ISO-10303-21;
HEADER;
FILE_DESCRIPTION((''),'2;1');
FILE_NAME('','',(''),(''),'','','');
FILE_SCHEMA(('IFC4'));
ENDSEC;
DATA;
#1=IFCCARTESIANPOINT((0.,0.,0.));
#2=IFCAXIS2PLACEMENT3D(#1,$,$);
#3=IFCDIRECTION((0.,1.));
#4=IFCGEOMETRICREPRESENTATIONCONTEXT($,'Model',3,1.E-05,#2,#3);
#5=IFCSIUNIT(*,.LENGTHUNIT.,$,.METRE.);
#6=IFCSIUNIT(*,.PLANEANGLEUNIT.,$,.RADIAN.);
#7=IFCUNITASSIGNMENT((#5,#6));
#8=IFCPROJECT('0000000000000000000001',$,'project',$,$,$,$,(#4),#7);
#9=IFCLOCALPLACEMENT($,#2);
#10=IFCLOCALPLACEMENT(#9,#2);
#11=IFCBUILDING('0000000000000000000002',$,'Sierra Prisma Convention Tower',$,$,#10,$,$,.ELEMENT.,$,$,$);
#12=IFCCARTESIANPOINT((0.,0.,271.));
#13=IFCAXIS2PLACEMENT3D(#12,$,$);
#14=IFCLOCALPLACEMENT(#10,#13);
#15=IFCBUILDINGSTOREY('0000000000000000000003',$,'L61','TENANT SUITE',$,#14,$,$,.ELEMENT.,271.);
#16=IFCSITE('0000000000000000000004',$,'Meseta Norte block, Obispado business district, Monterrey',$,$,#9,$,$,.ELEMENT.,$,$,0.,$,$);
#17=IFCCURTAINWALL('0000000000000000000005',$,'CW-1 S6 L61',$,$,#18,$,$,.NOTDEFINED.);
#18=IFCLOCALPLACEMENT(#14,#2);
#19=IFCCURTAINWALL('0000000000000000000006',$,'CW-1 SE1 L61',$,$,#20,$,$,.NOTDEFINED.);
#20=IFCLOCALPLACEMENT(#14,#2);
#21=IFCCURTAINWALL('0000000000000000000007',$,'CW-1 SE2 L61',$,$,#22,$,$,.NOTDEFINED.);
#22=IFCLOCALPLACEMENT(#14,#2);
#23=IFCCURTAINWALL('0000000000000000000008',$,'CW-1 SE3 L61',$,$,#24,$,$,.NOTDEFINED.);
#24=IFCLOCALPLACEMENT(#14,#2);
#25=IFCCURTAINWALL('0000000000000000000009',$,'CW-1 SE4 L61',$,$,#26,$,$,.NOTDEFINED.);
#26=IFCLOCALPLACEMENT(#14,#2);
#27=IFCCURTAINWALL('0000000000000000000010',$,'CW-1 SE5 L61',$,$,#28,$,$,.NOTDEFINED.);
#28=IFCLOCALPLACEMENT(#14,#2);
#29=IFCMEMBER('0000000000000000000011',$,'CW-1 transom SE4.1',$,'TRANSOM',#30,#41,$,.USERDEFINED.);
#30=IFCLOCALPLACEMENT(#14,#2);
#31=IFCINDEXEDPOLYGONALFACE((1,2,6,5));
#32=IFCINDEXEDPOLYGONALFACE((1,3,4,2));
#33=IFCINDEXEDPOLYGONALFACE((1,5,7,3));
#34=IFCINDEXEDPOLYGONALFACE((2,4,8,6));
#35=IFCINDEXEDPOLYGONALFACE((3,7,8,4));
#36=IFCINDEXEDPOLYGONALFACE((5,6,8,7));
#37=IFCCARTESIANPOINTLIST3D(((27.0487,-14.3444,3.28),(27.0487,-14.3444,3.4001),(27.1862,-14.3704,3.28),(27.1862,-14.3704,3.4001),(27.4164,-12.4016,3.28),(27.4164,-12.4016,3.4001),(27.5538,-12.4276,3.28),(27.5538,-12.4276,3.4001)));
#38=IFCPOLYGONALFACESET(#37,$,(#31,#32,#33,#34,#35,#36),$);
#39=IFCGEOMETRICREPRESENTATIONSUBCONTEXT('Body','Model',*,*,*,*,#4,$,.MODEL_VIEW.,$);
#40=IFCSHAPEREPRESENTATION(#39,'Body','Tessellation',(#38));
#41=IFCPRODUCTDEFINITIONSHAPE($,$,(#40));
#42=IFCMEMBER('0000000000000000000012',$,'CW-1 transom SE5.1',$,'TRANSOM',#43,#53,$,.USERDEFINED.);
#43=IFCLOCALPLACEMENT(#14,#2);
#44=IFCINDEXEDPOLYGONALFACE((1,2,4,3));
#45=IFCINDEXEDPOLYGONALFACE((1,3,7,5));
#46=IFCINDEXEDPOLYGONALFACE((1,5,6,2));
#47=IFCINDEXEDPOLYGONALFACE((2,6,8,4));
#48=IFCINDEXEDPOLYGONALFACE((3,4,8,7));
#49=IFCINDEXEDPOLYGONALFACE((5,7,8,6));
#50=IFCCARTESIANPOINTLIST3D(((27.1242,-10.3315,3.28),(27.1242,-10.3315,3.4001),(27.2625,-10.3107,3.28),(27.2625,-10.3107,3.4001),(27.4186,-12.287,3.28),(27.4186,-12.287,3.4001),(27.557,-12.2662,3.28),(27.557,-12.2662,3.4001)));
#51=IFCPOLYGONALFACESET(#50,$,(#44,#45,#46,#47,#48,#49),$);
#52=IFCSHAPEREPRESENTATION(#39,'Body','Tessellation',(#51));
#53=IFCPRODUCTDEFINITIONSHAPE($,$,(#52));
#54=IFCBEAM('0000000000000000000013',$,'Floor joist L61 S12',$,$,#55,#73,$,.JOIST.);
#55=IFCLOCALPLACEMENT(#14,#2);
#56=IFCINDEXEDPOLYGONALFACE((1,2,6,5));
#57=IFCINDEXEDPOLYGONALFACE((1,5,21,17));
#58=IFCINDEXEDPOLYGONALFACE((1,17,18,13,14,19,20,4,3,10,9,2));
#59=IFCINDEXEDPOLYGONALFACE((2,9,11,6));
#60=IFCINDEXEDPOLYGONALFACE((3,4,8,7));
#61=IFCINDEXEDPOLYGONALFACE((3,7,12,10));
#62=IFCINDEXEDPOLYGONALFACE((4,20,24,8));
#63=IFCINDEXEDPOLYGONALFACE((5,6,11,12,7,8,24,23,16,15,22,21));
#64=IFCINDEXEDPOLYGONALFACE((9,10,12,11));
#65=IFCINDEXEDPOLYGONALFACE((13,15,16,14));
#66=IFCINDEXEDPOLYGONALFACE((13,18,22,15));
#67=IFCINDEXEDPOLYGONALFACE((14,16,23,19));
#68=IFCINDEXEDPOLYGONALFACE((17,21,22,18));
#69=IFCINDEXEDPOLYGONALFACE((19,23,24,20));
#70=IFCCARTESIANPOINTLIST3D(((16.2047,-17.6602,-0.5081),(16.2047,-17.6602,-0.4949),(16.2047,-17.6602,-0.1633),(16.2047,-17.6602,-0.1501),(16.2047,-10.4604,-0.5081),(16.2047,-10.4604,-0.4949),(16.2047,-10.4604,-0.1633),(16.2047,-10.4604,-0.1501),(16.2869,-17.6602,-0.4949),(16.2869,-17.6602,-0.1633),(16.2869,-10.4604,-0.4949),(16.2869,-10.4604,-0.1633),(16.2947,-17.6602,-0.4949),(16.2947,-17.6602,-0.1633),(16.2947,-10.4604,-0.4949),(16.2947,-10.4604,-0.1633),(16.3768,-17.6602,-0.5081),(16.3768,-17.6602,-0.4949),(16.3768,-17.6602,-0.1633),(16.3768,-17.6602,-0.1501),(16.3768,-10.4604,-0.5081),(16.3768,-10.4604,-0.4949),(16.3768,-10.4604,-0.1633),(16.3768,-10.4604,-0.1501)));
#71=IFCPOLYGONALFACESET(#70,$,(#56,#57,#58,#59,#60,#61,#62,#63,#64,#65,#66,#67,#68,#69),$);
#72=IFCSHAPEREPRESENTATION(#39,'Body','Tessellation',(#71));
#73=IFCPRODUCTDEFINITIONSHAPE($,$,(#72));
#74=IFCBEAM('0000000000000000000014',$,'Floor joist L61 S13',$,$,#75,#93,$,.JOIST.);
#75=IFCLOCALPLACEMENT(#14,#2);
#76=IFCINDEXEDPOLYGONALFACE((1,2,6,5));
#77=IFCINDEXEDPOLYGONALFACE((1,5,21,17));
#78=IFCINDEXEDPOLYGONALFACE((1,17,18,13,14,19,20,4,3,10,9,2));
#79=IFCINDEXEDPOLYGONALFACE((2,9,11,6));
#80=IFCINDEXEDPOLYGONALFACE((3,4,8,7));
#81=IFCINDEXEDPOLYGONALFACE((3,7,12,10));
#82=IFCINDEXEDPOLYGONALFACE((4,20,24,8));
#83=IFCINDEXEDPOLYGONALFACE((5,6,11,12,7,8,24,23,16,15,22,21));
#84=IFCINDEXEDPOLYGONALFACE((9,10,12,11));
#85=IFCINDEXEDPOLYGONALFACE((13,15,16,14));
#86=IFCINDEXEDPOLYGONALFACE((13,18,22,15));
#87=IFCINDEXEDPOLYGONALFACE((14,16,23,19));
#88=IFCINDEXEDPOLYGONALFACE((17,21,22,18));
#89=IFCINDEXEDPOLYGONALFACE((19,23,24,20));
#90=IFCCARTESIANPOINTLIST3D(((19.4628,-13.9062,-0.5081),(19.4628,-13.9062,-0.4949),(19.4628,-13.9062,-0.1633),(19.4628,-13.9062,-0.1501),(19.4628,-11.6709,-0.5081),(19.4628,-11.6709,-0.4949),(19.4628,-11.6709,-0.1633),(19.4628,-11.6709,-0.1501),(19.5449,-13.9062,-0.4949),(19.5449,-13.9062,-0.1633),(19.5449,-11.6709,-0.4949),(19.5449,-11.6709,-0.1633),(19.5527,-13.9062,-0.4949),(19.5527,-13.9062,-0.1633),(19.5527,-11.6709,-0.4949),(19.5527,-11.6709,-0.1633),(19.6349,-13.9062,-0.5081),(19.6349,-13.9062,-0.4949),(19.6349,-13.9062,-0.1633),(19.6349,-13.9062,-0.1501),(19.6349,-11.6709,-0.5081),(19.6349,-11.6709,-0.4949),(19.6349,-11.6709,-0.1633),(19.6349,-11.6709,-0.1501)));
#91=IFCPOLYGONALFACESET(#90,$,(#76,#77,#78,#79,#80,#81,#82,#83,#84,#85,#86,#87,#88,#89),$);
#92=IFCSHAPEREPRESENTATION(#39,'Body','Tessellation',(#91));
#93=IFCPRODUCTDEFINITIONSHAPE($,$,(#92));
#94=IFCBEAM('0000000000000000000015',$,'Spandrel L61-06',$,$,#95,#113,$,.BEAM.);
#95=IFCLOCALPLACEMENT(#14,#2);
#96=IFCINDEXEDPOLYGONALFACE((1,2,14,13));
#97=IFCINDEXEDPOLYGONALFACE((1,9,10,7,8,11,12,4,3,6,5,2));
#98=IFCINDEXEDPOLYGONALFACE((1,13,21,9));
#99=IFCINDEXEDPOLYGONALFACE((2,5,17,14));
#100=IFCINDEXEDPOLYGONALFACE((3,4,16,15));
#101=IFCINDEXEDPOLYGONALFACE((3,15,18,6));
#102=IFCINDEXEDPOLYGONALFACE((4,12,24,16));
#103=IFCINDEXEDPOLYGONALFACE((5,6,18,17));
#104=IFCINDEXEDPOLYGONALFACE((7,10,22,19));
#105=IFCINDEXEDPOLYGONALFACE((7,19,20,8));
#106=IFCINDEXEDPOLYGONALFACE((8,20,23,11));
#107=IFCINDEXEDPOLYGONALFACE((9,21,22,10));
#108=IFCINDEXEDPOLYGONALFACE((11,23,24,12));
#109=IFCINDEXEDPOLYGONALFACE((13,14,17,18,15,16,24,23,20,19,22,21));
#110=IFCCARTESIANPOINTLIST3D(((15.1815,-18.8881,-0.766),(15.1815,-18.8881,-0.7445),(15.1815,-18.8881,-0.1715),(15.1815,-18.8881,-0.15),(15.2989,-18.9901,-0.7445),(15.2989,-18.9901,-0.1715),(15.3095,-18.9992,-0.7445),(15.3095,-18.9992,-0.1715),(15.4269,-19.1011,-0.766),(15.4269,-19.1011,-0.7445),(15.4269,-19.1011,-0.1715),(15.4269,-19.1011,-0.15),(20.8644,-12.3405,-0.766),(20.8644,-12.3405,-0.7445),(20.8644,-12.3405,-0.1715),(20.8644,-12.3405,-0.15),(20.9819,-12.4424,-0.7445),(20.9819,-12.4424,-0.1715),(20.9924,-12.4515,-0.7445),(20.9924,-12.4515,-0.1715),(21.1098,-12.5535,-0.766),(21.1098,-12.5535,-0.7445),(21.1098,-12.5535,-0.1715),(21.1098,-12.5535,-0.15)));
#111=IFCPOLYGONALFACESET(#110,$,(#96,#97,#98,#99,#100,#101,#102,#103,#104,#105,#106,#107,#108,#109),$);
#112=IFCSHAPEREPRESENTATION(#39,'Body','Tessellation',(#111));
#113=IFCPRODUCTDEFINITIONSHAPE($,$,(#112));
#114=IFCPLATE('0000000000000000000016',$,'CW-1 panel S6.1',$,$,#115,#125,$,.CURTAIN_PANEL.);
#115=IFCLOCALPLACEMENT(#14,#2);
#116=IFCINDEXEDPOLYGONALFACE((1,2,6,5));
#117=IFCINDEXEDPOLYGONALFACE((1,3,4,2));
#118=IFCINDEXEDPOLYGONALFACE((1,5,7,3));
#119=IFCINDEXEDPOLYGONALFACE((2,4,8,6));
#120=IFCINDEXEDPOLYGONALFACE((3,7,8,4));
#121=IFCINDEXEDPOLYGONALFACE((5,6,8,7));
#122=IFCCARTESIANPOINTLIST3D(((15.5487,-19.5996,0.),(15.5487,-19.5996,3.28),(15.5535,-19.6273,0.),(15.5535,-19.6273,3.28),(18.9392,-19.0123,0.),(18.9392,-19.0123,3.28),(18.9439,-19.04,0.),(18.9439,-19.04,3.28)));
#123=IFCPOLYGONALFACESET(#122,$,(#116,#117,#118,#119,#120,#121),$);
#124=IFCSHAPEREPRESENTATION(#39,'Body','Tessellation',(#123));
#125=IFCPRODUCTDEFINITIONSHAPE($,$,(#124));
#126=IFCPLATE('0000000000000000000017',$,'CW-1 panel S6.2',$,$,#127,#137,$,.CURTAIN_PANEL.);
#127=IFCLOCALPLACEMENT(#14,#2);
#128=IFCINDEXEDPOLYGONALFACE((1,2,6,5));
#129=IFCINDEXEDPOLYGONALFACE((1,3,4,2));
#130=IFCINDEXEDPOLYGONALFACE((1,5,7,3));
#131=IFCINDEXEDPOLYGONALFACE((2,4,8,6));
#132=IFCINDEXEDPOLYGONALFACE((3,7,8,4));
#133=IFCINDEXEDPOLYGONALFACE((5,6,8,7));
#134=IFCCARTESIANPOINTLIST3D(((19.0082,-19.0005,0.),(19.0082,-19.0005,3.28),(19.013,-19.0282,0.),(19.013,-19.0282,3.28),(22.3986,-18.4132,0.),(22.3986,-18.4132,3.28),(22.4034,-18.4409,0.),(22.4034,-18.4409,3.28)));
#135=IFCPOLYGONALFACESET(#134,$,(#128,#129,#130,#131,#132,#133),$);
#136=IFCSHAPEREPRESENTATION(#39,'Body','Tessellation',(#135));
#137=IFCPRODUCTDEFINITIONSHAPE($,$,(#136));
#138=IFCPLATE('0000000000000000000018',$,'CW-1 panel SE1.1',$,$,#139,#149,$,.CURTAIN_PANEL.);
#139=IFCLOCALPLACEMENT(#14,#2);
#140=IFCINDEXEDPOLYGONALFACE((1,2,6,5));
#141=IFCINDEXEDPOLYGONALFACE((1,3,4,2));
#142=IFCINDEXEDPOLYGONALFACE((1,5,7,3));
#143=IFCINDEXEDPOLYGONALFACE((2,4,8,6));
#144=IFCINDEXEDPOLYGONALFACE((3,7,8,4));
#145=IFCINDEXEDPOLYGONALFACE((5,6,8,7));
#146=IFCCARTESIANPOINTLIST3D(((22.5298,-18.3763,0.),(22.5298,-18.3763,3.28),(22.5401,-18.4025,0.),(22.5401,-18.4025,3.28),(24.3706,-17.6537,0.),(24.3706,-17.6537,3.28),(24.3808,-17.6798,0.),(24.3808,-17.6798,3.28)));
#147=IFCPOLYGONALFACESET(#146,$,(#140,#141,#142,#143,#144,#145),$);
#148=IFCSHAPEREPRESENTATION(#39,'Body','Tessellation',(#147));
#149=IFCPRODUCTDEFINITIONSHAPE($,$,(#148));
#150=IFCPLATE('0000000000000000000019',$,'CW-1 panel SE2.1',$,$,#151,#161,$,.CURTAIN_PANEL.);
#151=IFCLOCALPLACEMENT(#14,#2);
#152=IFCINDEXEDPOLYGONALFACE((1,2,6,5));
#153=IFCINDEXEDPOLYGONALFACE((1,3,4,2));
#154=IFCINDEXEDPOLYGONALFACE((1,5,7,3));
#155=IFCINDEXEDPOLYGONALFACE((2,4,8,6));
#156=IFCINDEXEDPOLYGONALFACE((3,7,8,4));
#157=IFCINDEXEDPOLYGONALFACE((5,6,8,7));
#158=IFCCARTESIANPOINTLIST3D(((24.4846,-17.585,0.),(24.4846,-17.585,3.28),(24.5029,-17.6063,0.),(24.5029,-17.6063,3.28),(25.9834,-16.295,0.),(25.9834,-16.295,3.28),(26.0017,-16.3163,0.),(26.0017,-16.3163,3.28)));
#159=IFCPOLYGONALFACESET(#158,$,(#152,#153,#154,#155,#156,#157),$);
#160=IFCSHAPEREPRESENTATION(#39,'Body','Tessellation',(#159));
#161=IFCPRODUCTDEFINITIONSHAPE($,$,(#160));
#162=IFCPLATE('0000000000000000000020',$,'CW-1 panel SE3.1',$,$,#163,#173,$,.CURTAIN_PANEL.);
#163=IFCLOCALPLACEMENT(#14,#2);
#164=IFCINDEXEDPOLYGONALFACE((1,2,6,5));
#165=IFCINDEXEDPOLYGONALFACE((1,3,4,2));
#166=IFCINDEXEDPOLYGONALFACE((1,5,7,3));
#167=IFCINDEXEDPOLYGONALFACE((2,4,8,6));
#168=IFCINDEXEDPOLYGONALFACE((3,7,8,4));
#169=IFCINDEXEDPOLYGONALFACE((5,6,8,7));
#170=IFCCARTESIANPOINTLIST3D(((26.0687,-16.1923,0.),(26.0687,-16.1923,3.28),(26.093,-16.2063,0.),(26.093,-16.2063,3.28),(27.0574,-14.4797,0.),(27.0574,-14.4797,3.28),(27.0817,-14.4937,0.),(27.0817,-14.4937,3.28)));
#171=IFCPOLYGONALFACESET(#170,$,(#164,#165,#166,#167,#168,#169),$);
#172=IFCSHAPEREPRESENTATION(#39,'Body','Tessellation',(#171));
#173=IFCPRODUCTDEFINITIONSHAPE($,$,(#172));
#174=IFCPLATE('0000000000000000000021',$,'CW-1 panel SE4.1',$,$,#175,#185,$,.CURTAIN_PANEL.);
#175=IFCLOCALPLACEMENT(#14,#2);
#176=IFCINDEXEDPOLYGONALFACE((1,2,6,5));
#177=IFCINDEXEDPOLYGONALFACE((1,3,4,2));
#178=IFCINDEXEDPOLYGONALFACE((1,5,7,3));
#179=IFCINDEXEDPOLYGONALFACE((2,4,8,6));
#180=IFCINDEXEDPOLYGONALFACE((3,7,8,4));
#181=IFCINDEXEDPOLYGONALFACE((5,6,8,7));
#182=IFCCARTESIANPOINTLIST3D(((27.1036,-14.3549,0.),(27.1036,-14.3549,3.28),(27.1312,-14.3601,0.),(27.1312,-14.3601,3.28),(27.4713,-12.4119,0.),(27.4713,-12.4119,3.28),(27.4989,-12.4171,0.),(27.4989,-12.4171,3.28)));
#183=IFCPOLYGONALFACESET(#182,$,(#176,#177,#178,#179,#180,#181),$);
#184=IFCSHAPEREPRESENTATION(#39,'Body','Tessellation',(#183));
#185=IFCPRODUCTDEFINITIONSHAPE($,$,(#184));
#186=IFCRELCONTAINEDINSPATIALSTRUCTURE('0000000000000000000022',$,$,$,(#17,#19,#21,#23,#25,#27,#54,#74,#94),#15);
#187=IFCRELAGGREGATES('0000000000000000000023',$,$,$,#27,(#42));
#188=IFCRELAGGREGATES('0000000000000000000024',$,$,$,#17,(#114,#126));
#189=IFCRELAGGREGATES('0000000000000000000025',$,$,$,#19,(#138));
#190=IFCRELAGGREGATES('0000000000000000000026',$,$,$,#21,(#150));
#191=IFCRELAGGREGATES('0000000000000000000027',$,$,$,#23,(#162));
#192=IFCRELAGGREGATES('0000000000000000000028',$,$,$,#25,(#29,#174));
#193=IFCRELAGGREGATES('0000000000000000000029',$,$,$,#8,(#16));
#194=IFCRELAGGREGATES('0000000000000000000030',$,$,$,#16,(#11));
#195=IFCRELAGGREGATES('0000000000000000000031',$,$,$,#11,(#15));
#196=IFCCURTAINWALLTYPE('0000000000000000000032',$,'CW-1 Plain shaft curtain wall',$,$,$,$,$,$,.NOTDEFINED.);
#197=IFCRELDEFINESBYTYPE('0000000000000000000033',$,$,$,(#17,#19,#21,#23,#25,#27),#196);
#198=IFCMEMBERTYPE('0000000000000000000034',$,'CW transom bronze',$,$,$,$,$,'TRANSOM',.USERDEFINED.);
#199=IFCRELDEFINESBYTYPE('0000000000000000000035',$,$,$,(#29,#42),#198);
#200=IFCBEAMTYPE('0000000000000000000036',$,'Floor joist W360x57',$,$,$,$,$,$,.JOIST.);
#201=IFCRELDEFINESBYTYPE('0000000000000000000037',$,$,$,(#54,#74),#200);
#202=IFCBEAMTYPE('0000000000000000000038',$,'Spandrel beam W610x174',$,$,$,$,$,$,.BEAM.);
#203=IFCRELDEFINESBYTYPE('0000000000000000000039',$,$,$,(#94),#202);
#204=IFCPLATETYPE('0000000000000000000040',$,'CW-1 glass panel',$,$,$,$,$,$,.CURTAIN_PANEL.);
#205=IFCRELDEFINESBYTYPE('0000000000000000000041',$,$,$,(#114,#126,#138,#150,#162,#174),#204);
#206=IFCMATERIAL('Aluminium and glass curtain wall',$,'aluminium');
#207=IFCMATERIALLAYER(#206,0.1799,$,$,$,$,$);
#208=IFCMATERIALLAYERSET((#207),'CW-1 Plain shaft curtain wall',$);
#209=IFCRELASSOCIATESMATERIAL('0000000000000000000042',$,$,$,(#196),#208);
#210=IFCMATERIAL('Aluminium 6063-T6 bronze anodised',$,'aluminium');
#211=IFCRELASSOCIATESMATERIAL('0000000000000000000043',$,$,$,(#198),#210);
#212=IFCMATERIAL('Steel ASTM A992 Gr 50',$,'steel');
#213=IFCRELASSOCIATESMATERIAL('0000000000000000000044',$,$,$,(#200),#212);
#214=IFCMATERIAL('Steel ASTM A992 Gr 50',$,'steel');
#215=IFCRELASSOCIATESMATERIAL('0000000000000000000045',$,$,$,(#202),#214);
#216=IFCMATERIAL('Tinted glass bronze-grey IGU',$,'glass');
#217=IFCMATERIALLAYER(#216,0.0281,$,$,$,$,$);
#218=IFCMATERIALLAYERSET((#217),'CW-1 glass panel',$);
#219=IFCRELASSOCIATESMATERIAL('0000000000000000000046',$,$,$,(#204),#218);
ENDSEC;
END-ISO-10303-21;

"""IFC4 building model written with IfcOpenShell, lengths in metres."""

from ifc_helpers import new_model, si_unit, direction, frame, origin, origin_2d, place, context, subcontext, project, spatial, rectangle, i_section, extrude, material, layer, layer_set, material_profile, profile_set, type_object, element, aggregate, save


model = new_model("IFC4")

# Units and contexts
model_context = context("Model", 3, precision=1e-05, world=origin(), true_north=direction((0.0, 1.0)))
body_context = subcontext(model_context, "Body", "Model", "MODEL_VIEW")
ifc_project = project(units=[si_unit("LENGTHUNIT", "METRE"), si_unit("PLANEANGLEUNIT", "RADIAN")], contexts=[model_context])

# Site, building, storey
site_placement = place(None, origin())
site = spatial("IfcSite", under=ifc_project, at=site_placement, Name="Meseta Norte block, Obispado business district, Monterrey", CompositionType="ELEMENT", RefElevation=0.0)
building_placement = place(site_placement, origin())
building = spatial("IfcBuilding", under=site, at=building_placement, Name="Sierra Prisma Convention Tower", CompositionType="ELEMENT")
storey_placement = place(building_placement, frame((0.0, 0.0, 271.0)))
storey = spatial("IfcBuildingStorey", under=building, at=storey_placement, Name="L61", Description="TENANT SUITE", CompositionType="ELEMENT", Elevation=271.0)

# Curtain walls
ifc_material_1 = material(Name="Aluminium and glass curtain wall", Category="aluminium")
ifc_layer_1 = layer(ifc_material_1, 0.1799)
ifc_layer_set_1 = layer_set([ifc_layer_1], Name="CW-1 Plain shaft curtain wall")
curtain_wall_type = type_object("IfcCurtainWallType", Name="CW-1 Plain shaft curtain wall", PredefinedType="NOTDEFINED", material=ifc_layer_set_1)
curtain_wall_1_placement = place(storey_placement, origin())
curtain_wall_1 = element("IfcCurtainWall", 1, at=curtain_wall_1_placement, inside=storey, type_object=curtain_wall_type, Name="CW-1 S6 L61", PredefinedType="NOTDEFINED")
curtain_wall_2_placement = place(storey_placement, origin())
curtain_wall_2 = element("IfcCurtainWall", 2, at=curtain_wall_2_placement, inside=storey, type_object=curtain_wall_type, Name="CW-1 SE1 L61", PredefinedType="NOTDEFINED")
curtain_wall_3_placement = place(storey_placement, origin())
curtain_wall_3 = element("IfcCurtainWall", 3, at=curtain_wall_3_placement, inside=storey, type_object=curtain_wall_type, Name="CW-1 SE2 L61", PredefinedType="NOTDEFINED")
curtain_wall_4_placement = place(storey_placement, origin())
curtain_wall_4 = element("IfcCurtainWall", 4, at=curtain_wall_4_placement, inside=storey, type_object=curtain_wall_type, Name="CW-1 SE3 L61", PredefinedType="NOTDEFINED")
curtain_wall_5_placement = place(storey_placement, origin())
curtain_wall_5 = element("IfcCurtainWall", 5, at=curtain_wall_5_placement, inside=storey, type_object=curtain_wall_type, Name="CW-1 SE4 L61", PredefinedType="NOTDEFINED")
curtain_wall_6_placement = place(storey_placement, origin())
curtain_wall_6 = element("IfcCurtainWall", 6, at=curtain_wall_6_placement, inside=storey, type_object=curtain_wall_type, Name="CW-1 SE5 L61", PredefinedType="NOTDEFINED")

# Members
ifc_material_2 = material(Name="Aluminium 6063-T6 bronze anodised", Category="aluminium")
ifc_material_profile_1 = material_profile(ifc_material_2, rectangle(XDim=0.1399, YDim=0.1201, at=origin_2d()), Name="ALU TRANSOM 120x140")
ifc_profile_set_1 = profile_set([ifc_material_profile_1], Name="Aluminium 6063-T6 bronze anodised")
member_type_1 = type_object("IfcMemberType", Name="CW transom bronze", ElementType="TRANSOM", PredefinedType="USERDEFINED", material=ifc_profile_set_1)
member_1_placement = place(storey_placement, frame((27.1174, -14.3574, 3.3401), z_axis=(0.185943, 0.98256, 0.0), x_axis=(-0.98256, 0.185943, 0.0)))
member_1 = element("IfcMember", 7, at=member_1_placement, type_object=member_type_1, Name="CW-1 transom SE4.1", ObjectType="TRANSOM", PredefinedType="USERDEFINED", context=body_context, shape_type="SweptSolid", body=[
    extrude(rectangle(XDim=0.1399, YDim=0.1201, at=origin_2d()), origin(), (0.0, 0.0, 1.0), 1.9773),
])
member_2_placement = place(storey_placement, frame((27.4878, -12.2766, 3.3401), z_axis=(-0.148884, 0.988855, 0.0), x_axis=(-0.988855, -0.148884, 0.0)))
member_2 = element("IfcMember", 8, at=member_2_placement, type_object=member_type_1, Name="CW-1 transom SE5.1", ObjectType="TRANSOM", PredefinedType="USERDEFINED", context=body_context, shape_type="SweptSolid", body=[
    extrude(rectangle(XDim=0.1399, YDim=0.1201, at=origin_2d()), origin(), (0.0, 0.0, 1.0), 1.9775),
])
aggregate(curtain_wall_6, [member_2])

# Beams
ifc_material_3 = material(Name="Steel ASTM A992 Gr 50", Category="steel")
ifc_material_profile_2 = material_profile(ifc_material_3, i_section(OverallWidth=0.1721, OverallDepth=0.3579, WebThickness=0.0078, FlangeThickness=0.0132, at=origin_2d()), Name="W360x57")
ifc_profile_set_2 = profile_set([ifc_material_profile_2], Name="Steel ASTM A992 Gr 50")
beam_type_1 = type_object("IfcBeamType", Name="Floor joist W360x57", PredefinedType="JOIST", material=ifc_profile_set_2)
beam_1_placement = place(storey_placement, frame((16.2908, -17.6602, -0.3291), z_axis=(0.0, 1.0, 0.0), x_axis=(-1.0, 0.0, 0.0)))
element("IfcBeam", 9, at=beam_1_placement, inside=storey, type_object=beam_type_1, Name="Floor joist L61 S12", PredefinedType="JOIST", context=body_context, shape_type="SweptSolid", body=[
    extrude(i_section(OverallWidth=0.1721, OverallDepth=0.3579, WebThickness=0.0078, FlangeThickness=0.0132, at=origin_2d()), origin(), (0.0, 0.0, 1.0), 7.1997),
])
beam_2_placement = place(storey_placement, frame((19.5488, -13.9062, -0.3291), z_axis=(0.0, 1.0, 0.0), x_axis=(-1.0, 0.0, 0.0)))
element("IfcBeam", 10, at=beam_2_placement, inside=storey, type_object=beam_type_1, Name="Floor joist L61 S13", PredefinedType="JOIST", context=body_context, shape_type="SweptSolid", body=[
    extrude(i_section(OverallWidth=0.1721, OverallDepth=0.3579, WebThickness=0.0078, FlangeThickness=0.0132, at=origin_2d()), origin(), (0.0, 0.0, 1.0), 2.2354),
])
ifc_material_4 = material(Name="Steel ASTM A992 Gr 50", Category="steel")
ifc_material_profile_3 = material_profile(ifc_material_4, i_section(OverallWidth=0.325, OverallDepth=0.616, WebThickness=0.0139, FlangeThickness=0.0215, at=origin_2d()), Name="W610x174")
ifc_profile_set_3 = profile_set([ifc_material_profile_3], Name="Steel ASTM A992 Gr 50")
beam_type_2 = type_object("IfcBeamType", Name="Spandrel beam W610x174", PredefinedType="BEAM", material=ifc_profile_set_3)
beam_3_placement = place(storey_placement, frame((15.3042, -18.9946, -0.458), z_axis=(0.655475, 0.755217, 0.0), x_axis=(-0.755217, 0.655475, 0.0)))
element("IfcBeam", 11, at=beam_3_placement, inside=storey, type_object=beam_type_2, Name="Spandrel L61-06", PredefinedType="BEAM", context=body_context, shape_type="SweptSolid", body=[
    extrude(i_section(OverallWidth=0.325, OverallDepth=0.616, WebThickness=0.0139, FlangeThickness=0.0215, at=origin_2d()), origin(), (0.0, 0.0, 1.0), 8.6699),
])

# Plates
ifc_material_5 = material(Name="Tinted glass bronze-grey IGU", Category="glass")
ifc_layer_2 = layer(ifc_material_5, 0.0281)
ifc_layer_set_2 = layer_set([ifc_layer_2], Name="CW-1 glass panel")
plate_type = type_object("IfcPlateType", Name="CW-1 glass panel", PredefinedType="CURTAIN_PANEL", material=ifc_layer_set_2)
plate_1_placement = place(storey_placement, frame((17.2463, -19.3198, 0.0), z_axis=(0.0, 0.0, 1.0), x_axis=(0.985326, 0.170683, 0.0)))
plate_1 = element("IfcPlate", 12, at=plate_1_placement, type_object=plate_type, Name="CW-1 panel S6.1", PredefinedType="CURTAIN_PANEL", context=body_context, shape_type="SweptSolid", body=[
    extrude(rectangle(XDim=3.4409, YDim=0.0281, at=origin_2d()), origin(), (0.0, 0.0, 1.0), 3.28),
])
plate_2_placement = place(storey_placement, frame((20.7058, -18.7207, 0.0), z_axis=(0.0, 0.0, 1.0), x_axis=(0.985326, 0.170683, 0.0)))
plate_2 = element("IfcPlate", 13, at=plate_2_placement, type_object=plate_type, Name="CW-1 panel S6.2", PredefinedType="CURTAIN_PANEL", context=body_context, shape_type="SweptSolid", body=[
    extrude(rectangle(XDim=3.4409, YDim=0.0281, at=origin_2d()), origin(), (0.0, 0.0, 1.0), 3.28),
])
aggregate(curtain_wall_1, [plate_1, plate_2])
plate_3_placement = place(storey_placement, frame((23.4553, -18.0281, 0.0), z_axis=(0.0, 0.0, 1.0), x_axis=(0.930836, 0.365436, 0.0)))
plate_3 = element("IfcPlate", 14, at=plate_3_placement, type_object=plate_type, Name="CW-1 panel SE1.1", PredefinedType="CURTAIN_PANEL", context=body_context, shape_type="SweptSolid", body=[
    extrude(rectangle(XDim=1.9775, YDim=0.0281, at=origin_2d()), origin(), (0.0, 0.0, 1.0), 3.28),
])
aggregate(curtain_wall_2, [plate_3])
plate_4_placement = place(storey_placement, frame((25.2432, -16.9507, 0.0), z_axis=(0.0, 0.0, 1.0), x_axis=(0.757938, 0.652326, 0.0)))
plate_4 = element("IfcPlate", 15, at=plate_4_placement, type_object=plate_type, Name="CW-1 panel SE2.1", PredefinedType="CURTAIN_PANEL", context=body_context, shape_type="SweptSolid", body=[
    extrude(rectangle(XDim=1.9775, YDim=0.0281, at=origin_2d()), origin(), (0.0, 0.0, 1.0), 3.28),
])
aggregate(curtain_wall_3, [plate_4])
plate_5_placement = place(storey_placement, frame((26.5752, -15.343, 0.0), z_axis=(0.0, 0.0, 1.0), x_axis=(0.5, 0.866025, 0.0)))
plate_5 = element("IfcPlate", 16, at=plate_5_placement, type_object=plate_type, Name="CW-1 panel SE3.1", PredefinedType="CURTAIN_PANEL", context=body_context, shape_type="SweptSolid", body=[
    extrude(rectangle(XDim=1.9775, YDim=0.0281, at=origin_2d()), origin(), (0.0, 0.0, 1.0), 3.28),
])
aggregate(curtain_wall_4, [plate_5])
plate_6_placement = place(storey_placement, frame((27.3013, -13.386, 0.0), z_axis=(0.0, 0.0, 1.0), x_axis=(0.185962, 0.982557, 0.0)))
plate_6 = element("IfcPlate", 17, at=plate_6_placement, type_object=plate_type, Name="CW-1 panel SE4.1", PredefinedType="CURTAIN_PANEL", context=body_context, shape_type="SweptSolid", body=[
    extrude(rectangle(XDim=1.9775, YDim=0.0281, at=origin_2d()), origin(), (0.0, 0.0, 1.0), 3.28),
])
aggregate(curtain_wall_5, [member_1, plate_6])

save(model, "model.ifc")
